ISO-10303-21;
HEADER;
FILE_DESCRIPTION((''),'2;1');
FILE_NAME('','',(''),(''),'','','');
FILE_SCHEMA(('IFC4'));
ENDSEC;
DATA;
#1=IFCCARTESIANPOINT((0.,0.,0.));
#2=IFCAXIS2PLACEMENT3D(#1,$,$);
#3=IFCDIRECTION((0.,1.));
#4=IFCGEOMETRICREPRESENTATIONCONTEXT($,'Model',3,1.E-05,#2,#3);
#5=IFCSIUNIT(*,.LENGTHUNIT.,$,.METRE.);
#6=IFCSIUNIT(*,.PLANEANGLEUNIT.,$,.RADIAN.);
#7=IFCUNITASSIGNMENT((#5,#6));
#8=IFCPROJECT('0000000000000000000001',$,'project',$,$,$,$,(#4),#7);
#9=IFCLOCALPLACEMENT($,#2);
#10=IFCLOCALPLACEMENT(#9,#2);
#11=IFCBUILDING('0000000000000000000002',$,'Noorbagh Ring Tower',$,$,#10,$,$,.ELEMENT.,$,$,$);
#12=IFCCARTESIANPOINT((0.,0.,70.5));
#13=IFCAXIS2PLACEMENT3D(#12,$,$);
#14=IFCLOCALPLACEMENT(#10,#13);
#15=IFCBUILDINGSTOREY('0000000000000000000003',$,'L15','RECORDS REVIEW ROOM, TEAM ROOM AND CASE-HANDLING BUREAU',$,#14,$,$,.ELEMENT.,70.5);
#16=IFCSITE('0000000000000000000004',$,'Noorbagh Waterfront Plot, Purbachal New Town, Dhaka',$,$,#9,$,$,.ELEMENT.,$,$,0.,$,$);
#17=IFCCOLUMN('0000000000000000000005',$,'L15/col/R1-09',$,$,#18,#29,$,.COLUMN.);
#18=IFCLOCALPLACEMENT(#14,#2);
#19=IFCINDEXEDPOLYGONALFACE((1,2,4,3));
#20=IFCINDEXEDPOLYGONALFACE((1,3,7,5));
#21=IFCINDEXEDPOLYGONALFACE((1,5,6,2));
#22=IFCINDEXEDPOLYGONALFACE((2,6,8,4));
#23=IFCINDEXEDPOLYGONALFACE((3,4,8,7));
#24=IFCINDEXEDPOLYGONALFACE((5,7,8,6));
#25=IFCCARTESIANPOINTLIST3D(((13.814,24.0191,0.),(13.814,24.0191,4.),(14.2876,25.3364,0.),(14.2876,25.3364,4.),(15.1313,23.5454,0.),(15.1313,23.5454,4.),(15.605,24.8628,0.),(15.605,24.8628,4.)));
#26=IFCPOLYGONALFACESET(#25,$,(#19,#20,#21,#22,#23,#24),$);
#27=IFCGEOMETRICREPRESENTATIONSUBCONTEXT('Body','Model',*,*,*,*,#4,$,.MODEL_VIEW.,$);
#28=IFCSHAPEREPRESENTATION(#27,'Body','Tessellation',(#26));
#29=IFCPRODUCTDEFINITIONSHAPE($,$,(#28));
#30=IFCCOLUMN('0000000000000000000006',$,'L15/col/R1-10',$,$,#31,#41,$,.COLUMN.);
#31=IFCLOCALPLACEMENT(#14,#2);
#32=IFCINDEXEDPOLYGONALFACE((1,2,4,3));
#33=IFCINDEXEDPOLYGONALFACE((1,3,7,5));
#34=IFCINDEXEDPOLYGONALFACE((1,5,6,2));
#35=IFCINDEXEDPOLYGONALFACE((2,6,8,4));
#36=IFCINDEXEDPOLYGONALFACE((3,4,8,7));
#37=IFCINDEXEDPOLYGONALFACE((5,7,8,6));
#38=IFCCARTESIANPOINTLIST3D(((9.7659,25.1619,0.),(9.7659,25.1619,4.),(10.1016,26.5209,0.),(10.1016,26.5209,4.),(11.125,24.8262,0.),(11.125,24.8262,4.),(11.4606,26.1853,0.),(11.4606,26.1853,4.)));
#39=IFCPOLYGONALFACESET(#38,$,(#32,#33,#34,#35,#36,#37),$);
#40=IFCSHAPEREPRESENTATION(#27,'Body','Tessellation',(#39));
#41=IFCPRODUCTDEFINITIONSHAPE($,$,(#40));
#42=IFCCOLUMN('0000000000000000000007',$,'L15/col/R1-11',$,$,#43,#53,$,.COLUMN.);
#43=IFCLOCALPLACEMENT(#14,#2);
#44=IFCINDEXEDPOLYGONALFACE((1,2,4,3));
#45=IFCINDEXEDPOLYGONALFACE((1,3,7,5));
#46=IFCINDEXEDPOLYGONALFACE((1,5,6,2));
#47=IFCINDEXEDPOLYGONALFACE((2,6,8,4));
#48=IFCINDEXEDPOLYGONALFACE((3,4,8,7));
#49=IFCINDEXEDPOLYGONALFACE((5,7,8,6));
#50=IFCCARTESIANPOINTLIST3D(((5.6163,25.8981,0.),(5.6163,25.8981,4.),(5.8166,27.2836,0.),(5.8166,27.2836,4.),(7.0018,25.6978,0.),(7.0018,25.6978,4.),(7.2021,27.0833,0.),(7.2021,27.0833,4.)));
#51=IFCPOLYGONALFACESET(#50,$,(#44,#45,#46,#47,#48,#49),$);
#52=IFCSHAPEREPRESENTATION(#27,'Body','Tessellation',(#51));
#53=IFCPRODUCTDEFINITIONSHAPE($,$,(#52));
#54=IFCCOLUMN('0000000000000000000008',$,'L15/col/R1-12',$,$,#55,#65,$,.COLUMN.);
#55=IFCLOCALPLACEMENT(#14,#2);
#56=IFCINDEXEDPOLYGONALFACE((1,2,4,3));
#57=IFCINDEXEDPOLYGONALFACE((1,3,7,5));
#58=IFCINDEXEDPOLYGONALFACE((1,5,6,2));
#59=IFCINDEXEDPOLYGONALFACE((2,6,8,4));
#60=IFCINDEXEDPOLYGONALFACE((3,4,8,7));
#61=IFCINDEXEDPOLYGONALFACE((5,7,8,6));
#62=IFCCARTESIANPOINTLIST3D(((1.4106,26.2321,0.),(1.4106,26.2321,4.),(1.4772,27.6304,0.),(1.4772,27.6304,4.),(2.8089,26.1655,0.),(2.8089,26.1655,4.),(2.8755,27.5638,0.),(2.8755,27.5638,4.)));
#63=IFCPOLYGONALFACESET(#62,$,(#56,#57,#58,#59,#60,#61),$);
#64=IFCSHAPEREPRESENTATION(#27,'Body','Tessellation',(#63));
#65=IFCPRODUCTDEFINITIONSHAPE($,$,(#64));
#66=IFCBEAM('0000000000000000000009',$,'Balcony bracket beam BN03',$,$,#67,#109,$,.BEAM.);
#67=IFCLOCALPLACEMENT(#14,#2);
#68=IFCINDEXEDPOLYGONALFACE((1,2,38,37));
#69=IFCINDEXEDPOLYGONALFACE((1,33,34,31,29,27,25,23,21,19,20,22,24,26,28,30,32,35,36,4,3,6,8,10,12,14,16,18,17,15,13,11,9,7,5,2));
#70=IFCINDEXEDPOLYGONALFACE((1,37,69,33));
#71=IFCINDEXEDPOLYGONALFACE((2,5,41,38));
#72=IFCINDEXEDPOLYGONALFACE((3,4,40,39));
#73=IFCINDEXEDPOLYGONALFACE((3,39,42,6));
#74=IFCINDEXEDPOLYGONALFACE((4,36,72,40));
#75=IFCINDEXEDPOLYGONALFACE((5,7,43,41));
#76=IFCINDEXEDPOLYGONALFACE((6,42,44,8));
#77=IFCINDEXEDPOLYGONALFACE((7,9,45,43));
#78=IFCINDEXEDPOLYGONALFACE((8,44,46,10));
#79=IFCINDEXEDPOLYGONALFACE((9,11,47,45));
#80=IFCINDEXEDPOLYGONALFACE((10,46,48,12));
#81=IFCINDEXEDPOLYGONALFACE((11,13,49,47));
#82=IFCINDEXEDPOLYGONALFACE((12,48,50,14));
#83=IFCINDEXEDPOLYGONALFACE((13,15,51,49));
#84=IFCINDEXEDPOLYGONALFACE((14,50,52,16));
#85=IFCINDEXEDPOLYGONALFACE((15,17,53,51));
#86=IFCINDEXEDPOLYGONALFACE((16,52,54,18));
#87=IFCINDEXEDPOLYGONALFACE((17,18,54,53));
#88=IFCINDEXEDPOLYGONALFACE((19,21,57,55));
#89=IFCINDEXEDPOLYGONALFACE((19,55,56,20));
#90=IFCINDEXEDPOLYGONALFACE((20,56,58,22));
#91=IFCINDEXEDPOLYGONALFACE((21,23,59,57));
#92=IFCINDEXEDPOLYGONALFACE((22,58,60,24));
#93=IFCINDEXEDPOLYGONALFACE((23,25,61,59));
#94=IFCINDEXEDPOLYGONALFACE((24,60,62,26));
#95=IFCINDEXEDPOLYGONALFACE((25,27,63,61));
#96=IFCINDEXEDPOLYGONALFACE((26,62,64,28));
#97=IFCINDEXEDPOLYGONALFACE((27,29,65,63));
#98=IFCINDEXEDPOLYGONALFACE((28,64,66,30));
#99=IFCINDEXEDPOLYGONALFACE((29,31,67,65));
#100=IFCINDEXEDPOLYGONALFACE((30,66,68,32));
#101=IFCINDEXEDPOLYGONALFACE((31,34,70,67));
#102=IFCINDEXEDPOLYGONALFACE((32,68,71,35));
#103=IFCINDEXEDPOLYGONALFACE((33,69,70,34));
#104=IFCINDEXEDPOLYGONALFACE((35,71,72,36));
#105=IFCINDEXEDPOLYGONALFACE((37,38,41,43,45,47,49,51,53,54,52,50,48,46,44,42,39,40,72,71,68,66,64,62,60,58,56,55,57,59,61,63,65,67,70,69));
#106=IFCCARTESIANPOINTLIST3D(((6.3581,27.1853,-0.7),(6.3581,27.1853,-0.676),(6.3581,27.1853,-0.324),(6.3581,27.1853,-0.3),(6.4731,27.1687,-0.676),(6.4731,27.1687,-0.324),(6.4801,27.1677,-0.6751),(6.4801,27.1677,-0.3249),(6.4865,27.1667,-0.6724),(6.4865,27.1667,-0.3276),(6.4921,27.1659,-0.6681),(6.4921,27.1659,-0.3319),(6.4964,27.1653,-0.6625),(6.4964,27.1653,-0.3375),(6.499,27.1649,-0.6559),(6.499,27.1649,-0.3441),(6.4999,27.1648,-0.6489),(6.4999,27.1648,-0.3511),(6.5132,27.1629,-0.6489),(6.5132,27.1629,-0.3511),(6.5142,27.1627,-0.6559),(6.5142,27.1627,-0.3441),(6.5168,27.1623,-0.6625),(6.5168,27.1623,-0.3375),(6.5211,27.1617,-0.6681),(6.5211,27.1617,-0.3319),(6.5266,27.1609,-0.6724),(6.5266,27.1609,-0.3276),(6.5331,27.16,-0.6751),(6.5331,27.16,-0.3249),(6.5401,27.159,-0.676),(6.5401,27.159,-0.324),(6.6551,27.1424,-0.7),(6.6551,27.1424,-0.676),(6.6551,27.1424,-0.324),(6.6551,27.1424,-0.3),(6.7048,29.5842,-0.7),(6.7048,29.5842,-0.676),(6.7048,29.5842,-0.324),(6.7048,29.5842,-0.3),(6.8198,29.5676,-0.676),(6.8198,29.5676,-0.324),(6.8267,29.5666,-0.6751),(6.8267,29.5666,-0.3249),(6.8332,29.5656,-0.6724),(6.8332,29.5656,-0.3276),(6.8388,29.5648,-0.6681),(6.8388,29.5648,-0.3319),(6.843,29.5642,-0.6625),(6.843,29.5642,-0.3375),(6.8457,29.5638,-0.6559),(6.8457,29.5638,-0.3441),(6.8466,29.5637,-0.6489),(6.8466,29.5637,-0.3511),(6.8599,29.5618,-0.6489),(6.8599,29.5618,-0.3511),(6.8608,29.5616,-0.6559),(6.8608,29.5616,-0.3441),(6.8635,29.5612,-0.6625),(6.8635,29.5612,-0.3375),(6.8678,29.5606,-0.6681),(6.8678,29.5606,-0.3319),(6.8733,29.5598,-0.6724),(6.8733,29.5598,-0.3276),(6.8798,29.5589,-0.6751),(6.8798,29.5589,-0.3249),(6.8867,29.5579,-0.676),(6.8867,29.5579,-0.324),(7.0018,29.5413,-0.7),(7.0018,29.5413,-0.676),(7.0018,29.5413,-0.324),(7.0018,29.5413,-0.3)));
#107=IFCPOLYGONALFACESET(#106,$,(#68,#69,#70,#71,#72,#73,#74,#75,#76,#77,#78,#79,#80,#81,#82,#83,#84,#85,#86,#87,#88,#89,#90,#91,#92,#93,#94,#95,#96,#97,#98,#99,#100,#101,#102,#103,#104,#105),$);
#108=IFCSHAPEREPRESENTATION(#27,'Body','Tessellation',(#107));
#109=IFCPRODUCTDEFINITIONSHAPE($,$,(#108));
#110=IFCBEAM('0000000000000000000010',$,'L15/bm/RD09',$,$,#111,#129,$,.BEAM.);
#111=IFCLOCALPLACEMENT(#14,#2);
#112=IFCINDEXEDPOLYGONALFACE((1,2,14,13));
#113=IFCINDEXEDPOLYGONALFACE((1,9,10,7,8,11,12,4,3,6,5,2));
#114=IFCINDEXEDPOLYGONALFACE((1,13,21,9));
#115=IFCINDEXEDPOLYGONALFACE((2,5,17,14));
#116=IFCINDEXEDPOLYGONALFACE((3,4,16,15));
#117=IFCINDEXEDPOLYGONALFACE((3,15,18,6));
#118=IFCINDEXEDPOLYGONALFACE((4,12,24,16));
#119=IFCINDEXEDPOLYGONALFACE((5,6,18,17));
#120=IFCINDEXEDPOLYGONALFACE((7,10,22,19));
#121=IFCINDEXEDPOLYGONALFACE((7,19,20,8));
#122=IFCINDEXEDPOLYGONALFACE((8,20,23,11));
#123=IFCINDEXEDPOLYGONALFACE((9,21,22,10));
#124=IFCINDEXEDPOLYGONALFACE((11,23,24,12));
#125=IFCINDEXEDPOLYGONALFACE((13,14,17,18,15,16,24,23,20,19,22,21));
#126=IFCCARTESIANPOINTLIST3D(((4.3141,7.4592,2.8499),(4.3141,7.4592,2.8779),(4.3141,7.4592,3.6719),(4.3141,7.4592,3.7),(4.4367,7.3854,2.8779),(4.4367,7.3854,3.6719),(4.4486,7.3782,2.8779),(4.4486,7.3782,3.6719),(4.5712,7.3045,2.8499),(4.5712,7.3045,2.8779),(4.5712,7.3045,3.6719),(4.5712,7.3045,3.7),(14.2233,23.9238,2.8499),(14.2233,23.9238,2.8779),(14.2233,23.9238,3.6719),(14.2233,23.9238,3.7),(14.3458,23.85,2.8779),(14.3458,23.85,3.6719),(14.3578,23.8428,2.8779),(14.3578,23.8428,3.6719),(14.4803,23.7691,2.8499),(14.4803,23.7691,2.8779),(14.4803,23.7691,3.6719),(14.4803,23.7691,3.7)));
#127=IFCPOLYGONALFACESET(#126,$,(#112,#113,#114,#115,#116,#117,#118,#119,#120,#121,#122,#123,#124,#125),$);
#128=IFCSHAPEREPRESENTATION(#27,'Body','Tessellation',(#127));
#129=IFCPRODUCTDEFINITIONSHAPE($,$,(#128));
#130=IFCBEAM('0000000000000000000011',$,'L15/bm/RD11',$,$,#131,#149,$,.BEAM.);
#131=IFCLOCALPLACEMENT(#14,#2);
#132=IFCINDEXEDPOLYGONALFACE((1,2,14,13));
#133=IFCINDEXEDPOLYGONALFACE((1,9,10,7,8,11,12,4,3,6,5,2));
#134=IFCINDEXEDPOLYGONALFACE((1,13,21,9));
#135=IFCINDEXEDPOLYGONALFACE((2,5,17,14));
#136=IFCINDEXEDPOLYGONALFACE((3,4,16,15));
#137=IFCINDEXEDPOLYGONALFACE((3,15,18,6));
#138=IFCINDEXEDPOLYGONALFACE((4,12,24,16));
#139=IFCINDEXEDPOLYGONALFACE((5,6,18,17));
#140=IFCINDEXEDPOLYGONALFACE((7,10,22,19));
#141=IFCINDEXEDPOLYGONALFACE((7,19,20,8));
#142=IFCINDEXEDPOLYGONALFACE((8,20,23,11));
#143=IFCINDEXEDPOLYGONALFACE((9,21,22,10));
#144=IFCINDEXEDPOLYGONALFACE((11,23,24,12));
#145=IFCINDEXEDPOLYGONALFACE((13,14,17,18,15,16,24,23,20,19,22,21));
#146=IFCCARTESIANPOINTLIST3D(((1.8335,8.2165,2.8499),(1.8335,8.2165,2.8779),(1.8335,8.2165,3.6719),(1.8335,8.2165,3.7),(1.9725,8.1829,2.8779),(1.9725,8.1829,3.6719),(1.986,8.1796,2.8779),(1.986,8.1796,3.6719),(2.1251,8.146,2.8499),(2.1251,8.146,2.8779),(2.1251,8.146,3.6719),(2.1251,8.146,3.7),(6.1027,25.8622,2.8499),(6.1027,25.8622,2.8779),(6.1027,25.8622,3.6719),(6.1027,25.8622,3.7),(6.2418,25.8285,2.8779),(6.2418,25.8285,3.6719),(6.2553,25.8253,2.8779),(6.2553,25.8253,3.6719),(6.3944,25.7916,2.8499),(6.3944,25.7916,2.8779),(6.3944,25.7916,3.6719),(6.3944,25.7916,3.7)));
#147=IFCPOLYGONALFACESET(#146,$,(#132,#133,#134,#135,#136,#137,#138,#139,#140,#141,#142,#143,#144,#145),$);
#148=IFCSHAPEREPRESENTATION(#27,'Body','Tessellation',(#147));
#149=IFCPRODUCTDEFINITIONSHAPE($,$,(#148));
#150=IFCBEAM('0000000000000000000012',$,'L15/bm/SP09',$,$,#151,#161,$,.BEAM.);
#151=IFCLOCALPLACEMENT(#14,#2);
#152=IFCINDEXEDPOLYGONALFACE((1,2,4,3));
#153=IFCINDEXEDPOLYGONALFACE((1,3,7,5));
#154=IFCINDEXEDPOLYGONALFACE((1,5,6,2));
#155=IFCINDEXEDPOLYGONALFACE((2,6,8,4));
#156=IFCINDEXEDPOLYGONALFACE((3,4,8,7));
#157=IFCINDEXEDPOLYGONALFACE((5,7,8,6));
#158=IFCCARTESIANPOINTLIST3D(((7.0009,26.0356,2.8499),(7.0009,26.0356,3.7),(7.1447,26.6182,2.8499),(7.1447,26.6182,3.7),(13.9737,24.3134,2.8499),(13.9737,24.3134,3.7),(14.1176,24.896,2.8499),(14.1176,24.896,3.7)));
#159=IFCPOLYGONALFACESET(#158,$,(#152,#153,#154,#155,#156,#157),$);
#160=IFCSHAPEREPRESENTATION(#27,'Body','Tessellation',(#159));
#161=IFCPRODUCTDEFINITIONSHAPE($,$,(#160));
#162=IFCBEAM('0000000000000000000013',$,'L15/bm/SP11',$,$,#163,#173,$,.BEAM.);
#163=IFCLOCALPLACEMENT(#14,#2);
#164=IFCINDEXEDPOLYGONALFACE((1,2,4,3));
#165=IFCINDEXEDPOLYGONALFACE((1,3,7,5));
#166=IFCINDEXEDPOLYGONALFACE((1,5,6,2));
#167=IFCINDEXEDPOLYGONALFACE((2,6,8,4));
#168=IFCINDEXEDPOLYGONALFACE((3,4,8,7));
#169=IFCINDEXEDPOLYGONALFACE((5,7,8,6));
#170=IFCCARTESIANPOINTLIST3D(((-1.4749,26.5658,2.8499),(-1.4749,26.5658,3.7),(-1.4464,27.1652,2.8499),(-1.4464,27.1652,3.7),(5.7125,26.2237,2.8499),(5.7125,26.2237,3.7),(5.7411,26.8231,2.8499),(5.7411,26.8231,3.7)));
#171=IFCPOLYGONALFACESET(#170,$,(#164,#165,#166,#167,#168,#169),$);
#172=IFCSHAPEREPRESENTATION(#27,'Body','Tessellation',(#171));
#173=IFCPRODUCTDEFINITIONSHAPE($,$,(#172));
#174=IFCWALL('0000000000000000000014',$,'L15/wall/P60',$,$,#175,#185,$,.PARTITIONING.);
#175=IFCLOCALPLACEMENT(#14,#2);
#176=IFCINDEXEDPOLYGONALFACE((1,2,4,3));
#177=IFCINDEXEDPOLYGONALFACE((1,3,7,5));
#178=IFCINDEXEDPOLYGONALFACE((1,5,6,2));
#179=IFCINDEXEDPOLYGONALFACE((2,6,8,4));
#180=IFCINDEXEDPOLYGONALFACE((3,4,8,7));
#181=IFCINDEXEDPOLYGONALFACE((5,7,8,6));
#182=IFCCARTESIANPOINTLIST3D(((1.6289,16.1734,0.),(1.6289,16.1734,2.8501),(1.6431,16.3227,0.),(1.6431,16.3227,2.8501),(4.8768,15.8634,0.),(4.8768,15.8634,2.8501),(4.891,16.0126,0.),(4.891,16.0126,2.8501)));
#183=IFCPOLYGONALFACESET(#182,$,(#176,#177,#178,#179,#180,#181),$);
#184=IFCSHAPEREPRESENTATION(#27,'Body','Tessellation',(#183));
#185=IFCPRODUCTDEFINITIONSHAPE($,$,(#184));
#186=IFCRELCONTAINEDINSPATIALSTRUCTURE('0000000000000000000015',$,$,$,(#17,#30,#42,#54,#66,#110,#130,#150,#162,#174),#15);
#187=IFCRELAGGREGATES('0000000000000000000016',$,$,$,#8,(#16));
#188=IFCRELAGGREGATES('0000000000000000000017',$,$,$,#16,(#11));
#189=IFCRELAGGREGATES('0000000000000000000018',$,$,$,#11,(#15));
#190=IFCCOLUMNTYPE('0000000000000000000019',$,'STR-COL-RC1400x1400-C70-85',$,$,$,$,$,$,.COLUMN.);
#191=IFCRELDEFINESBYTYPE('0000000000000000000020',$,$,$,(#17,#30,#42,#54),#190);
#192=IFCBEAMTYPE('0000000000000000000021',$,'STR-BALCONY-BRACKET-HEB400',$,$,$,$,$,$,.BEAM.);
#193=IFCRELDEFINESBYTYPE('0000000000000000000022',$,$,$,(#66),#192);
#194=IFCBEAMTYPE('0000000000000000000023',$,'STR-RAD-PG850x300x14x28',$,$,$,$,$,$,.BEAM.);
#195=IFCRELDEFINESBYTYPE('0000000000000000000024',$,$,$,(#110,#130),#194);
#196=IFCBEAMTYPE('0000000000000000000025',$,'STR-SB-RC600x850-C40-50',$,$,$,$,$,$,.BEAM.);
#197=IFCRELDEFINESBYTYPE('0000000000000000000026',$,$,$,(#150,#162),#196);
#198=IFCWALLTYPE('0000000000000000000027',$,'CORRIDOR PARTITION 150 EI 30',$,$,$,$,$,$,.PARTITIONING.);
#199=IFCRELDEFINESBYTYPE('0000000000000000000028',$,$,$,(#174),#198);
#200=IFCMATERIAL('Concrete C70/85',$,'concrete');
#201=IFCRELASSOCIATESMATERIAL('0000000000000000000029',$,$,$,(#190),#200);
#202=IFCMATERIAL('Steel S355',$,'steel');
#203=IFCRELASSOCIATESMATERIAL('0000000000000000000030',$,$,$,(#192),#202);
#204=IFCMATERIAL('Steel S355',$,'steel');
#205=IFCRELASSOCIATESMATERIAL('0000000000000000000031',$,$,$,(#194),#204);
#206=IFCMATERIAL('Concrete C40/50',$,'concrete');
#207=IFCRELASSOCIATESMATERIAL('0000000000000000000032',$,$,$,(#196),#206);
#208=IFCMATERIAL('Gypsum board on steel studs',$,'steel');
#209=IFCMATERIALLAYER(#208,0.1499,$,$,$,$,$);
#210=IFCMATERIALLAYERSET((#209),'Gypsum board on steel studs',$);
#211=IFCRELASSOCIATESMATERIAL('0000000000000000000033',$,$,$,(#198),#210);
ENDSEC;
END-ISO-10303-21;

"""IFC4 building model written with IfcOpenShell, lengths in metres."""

from ifc_helpers import new_model, si_unit, direction, frame, frame_2d, origin, origin_2d, place, context, subcontext, project, spatial, rectangle, i_section, extrude, material, layer, layer_set, material_profile, profile_set, type_object, element, save


model = new_model("IFC4")

# Units and contexts
model_context = context("Model", 3, precision=1e-05, world=origin(), true_north=direction((0.0, 1.0)))
body_context = subcontext(model_context, "Body", "Model", "MODEL_VIEW")
ifc_project = project(units=[si_unit("LENGTHUNIT", "METRE"), si_unit("PLANEANGLEUNIT", "RADIAN")], contexts=[model_context])

# Site, building, storey
site_placement = place(None, origin())
site = spatial("IfcSite", under=ifc_project, at=site_placement, Name="Noorbagh Waterfront Plot, Purbachal New Town, Dhaka", CompositionType="ELEMENT", RefElevation=0.0)
building_placement = place(site_placement, origin())
building = spatial("IfcBuilding", under=site, at=building_placement, Name="Noorbagh Ring Tower", CompositionType="ELEMENT")
storey_placement = place(building_placement, frame((0.0, 0.0, 70.5)))
storey = spatial("IfcBuildingStorey", under=building, at=storey_placement, Name="L15", Description="RECORDS REVIEW ROOM, TEAM ROOM AND CASE-HANDLING BUREAU", CompositionType="ELEMENT", Elevation=70.5)

# Columns
ifc_material_1 = material(Name="Concrete C70/85", Category="concrete")
ifc_material_profile_1 = material_profile(ifc_material_1, rectangle(XDim=1.3999, YDim=1.3999, at=origin_2d()), Name="RC1400x1400")
ifc_profile_set_1 = profile_set([ifc_material_profile_1], Name="Concrete C70/85")
column_type = type_object("IfcColumnType", Name="STR-COL-RC1400x1400-C70-85", PredefinedType="COLUMN", material=ifc_profile_set_1)
for number, where, z_axis, x_axis, name in (
    (1, (14.7095, 24.4409, 0.0), (0.0, 0.0, 1.0), (-0.941025, 0.338338, 0.0), "L15/col/R1-09"),
    (2, (10.6133, 25.6736, 0.0), (0.0, 0.0, 1.0), (-0.970829, 0.239771, 0.0), "L15/col/R1-10"),
    (3, (6.4092, 26.4907, 0.0), (0.0, 0.0, 1.0), (-0.989713, 0.143066, 0.0), "L15/col/R1-11"),
    (4, (2.1431, 26.8979, 0.0), (0.0, 0.0, 1.0), (-0.998869, 0.047553, 0.0), "L15/col/R1-12"),
):
    element("IfcColumn", number, at=place(storey_placement, frame(where, z_axis=z_axis, x_axis=x_axis)), inside=storey, type_object=column_type, Name=name, PredefinedType="COLUMN", context=body_context, shape_type="SweptSolid", body=[
        extrude(rectangle(XDim=1.3999, YDim=1.3999, at=origin_2d()), origin(), (0.0, 0.0, 1.0), 4.0),
    ])

# Beams
ifc_material_2 = material(Name="Steel S355", Category="steel")
ifc_material_profile_2 = material_profile(ifc_material_2, i_section(OverallWidth=0.3, OverallDepth=0.3999, WebThickness=0.0134, FlangeThickness=0.0239, FilletRadius=0.0271, at=origin_2d()), Name="HEB400")
ifc_profile_set_2 = profile_set([ifc_material_profile_2], Name="Steel S355")
beam_type_1 = type_object("IfcBeamType", Name="STR-BALCONY-BRACKET-HEB400", PredefinedType="BEAM", material=ifc_profile_set_2)
beam_1_placement = place(storey_placement, frame((6.5066, 27.1638, -0.5), z_axis=(0.143029, 0.989719, 0.0), x_axis=(-0.989719, 0.143029, 0.0)))
element("IfcBeam", 5, at=beam_1_placement, inside=storey, type_object=beam_type_1, Name="Balcony bracket beam BN03", PredefinedType="BEAM", context=body_context, shape_type="SweptSolid", body=[
    extrude(i_section(OverallWidth=0.3, OverallDepth=0.3999, WebThickness=0.0134, FlangeThickness=0.0239, FilletRadius=0.0271, at=origin_2d()), origin(), (0.0, 0.0, 1.0), 2.4238),
])
ifc_material_3 = material(Name="Steel S355", Category="steel")
ifc_material_profile_3 = material_profile(ifc_material_3, i_section(OverallWidth=0.3, OverallDepth=0.8501, WebThickness=0.0139, FlangeThickness=0.0281, at=origin_2d()), Name="PG850x300x14x28")
ifc_profile_set_3 = profile_set([ifc_material_profile_3], Name="Steel S355")
beam_type_2 = type_object("IfcBeamType", Name="STR-RAD-PG850x300x14x28", PredefinedType="BEAM", material=ifc_profile_set_3)
beam_2_placement = place(storey_placement, frame((14.3518, 23.8464, 3.2749), z_axis=(-0.515659, -0.856794, 0.0), x_axis=(0.856794, -0.515659, 0.0)))
element("IfcBeam", 6, at=beam_2_placement, inside=storey, type_object=beam_type_2, Name="L15/bm/RD09", PredefinedType="BEAM", context=body_context, shape_type="SweptSolid", body=[
    extrude(i_section(OverallWidth=0.3, OverallDepth=0.8501, WebThickness=0.0139, FlangeThickness=0.0281, at=origin_2d()), origin(), (0.0, 0.0, 1.0), 19.2166),
])
beam_3_placement = place(storey_placement, frame((6.2485, 25.8269, 3.2749), z_axis=(-0.235159, -0.971957, 0.0), x_axis=(0.971957, -0.235159, 0.0)))
element("IfcBeam", 7, at=beam_3_placement, inside=storey, type_object=beam_type_2, Name="L15/bm/RD11", PredefinedType="BEAM", context=body_context, shape_type="SweptSolid", body=[
    extrude(i_section(OverallWidth=0.3, OverallDepth=0.8501, WebThickness=0.0139, FlangeThickness=0.0281, at=origin_2d()), origin(), (0.0, 0.0, 1.0), 18.1548),
])
ifc_material_4 = material(Name="Concrete C40/50", Category="concrete")
ifc_material_profile_4 = material_profile(ifc_material_4, rectangle(XDim=0.6001, YDim=0.8501, at=origin_2d()), Name="RC600x850")
ifc_profile_set_4 = profile_set([ifc_material_profile_4], Name="Concrete C40/50")
beam_type_3 = type_object("IfcBeamType", Name="STR-SB-RC600x850-C40-50", PredefinedType="BEAM", material=ifc_profile_set_4)
beam_4_placement = place(storey_placement, frame((14.0457, 24.6047, 3.2749), z_axis=(-0.970828, 0.239775, 0.0), x_axis=(-0.239775, -0.970828, 0.0)))
element("IfcBeam", 8, at=beam_4_placement, inside=storey, type_object=beam_type_3, Name="L15/bm/SP09", PredefinedType="BEAM", context=body_context, shape_type="SweptSolid", body=[
    extrude(rectangle(XDim=0.6001, YDim=0.8501, at=origin_2d()), origin(), (0.0, 0.0, 1.0), 7.1824),
])
beam_5_placement = place(storey_placement, frame((5.7268, 26.5234, 3.2749), z_axis=(-0.99887, 0.047535, 0.0), x_axis=(-0.047535, -0.99887, 0.0)))
element("IfcBeam", 9, at=beam_5_placement, inside=storey, type_object=beam_type_3, Name="L15/bm/SP11", PredefinedType="BEAM", context=body_context, shape_type="SweptSolid", body=[
    extrude(rectangle(XDim=0.6001, YDim=0.8501, at=origin_2d()), origin(), (0.0, 0.0, 1.0), 7.1956),
])

# Wall
ifc_material_5 = material(Name="Gypsum board on steel studs", Category="steel")
ifc_layer_1 = layer(ifc_material_5, 0.1499)
ifc_layer_set_1 = layer_set([ifc_layer_1], Name="Gypsum board on steel studs")
wall_type_1 = type_object("IfcWallType", Name="CORRIDOR PARTITION 150 EI 30", PredefinedType="PARTITIONING", material=ifc_layer_set_1)
wall_1_placement = place(storey_placement, frame((1.636, 16.248, 0.0), z_axis=(0.0, 0.0, 1.0), x_axis=(0.995475, -0.095028, 0.0)))
element("IfcWall", 10, at=wall_1_placement, inside=storey, type_object=wall_type_1, Name="L15/wall/P60", PredefinedType="PARTITIONING", context=body_context, shape_type="SweptSolid", body=[
    extrude(rectangle(XDim=3.2627, YDim=0.1499, at=frame_2d((1.6313, 0.0))), origin(), (0.0, 0.0, 1.0), 2.8501),
])

save(model, "model.ifc")
